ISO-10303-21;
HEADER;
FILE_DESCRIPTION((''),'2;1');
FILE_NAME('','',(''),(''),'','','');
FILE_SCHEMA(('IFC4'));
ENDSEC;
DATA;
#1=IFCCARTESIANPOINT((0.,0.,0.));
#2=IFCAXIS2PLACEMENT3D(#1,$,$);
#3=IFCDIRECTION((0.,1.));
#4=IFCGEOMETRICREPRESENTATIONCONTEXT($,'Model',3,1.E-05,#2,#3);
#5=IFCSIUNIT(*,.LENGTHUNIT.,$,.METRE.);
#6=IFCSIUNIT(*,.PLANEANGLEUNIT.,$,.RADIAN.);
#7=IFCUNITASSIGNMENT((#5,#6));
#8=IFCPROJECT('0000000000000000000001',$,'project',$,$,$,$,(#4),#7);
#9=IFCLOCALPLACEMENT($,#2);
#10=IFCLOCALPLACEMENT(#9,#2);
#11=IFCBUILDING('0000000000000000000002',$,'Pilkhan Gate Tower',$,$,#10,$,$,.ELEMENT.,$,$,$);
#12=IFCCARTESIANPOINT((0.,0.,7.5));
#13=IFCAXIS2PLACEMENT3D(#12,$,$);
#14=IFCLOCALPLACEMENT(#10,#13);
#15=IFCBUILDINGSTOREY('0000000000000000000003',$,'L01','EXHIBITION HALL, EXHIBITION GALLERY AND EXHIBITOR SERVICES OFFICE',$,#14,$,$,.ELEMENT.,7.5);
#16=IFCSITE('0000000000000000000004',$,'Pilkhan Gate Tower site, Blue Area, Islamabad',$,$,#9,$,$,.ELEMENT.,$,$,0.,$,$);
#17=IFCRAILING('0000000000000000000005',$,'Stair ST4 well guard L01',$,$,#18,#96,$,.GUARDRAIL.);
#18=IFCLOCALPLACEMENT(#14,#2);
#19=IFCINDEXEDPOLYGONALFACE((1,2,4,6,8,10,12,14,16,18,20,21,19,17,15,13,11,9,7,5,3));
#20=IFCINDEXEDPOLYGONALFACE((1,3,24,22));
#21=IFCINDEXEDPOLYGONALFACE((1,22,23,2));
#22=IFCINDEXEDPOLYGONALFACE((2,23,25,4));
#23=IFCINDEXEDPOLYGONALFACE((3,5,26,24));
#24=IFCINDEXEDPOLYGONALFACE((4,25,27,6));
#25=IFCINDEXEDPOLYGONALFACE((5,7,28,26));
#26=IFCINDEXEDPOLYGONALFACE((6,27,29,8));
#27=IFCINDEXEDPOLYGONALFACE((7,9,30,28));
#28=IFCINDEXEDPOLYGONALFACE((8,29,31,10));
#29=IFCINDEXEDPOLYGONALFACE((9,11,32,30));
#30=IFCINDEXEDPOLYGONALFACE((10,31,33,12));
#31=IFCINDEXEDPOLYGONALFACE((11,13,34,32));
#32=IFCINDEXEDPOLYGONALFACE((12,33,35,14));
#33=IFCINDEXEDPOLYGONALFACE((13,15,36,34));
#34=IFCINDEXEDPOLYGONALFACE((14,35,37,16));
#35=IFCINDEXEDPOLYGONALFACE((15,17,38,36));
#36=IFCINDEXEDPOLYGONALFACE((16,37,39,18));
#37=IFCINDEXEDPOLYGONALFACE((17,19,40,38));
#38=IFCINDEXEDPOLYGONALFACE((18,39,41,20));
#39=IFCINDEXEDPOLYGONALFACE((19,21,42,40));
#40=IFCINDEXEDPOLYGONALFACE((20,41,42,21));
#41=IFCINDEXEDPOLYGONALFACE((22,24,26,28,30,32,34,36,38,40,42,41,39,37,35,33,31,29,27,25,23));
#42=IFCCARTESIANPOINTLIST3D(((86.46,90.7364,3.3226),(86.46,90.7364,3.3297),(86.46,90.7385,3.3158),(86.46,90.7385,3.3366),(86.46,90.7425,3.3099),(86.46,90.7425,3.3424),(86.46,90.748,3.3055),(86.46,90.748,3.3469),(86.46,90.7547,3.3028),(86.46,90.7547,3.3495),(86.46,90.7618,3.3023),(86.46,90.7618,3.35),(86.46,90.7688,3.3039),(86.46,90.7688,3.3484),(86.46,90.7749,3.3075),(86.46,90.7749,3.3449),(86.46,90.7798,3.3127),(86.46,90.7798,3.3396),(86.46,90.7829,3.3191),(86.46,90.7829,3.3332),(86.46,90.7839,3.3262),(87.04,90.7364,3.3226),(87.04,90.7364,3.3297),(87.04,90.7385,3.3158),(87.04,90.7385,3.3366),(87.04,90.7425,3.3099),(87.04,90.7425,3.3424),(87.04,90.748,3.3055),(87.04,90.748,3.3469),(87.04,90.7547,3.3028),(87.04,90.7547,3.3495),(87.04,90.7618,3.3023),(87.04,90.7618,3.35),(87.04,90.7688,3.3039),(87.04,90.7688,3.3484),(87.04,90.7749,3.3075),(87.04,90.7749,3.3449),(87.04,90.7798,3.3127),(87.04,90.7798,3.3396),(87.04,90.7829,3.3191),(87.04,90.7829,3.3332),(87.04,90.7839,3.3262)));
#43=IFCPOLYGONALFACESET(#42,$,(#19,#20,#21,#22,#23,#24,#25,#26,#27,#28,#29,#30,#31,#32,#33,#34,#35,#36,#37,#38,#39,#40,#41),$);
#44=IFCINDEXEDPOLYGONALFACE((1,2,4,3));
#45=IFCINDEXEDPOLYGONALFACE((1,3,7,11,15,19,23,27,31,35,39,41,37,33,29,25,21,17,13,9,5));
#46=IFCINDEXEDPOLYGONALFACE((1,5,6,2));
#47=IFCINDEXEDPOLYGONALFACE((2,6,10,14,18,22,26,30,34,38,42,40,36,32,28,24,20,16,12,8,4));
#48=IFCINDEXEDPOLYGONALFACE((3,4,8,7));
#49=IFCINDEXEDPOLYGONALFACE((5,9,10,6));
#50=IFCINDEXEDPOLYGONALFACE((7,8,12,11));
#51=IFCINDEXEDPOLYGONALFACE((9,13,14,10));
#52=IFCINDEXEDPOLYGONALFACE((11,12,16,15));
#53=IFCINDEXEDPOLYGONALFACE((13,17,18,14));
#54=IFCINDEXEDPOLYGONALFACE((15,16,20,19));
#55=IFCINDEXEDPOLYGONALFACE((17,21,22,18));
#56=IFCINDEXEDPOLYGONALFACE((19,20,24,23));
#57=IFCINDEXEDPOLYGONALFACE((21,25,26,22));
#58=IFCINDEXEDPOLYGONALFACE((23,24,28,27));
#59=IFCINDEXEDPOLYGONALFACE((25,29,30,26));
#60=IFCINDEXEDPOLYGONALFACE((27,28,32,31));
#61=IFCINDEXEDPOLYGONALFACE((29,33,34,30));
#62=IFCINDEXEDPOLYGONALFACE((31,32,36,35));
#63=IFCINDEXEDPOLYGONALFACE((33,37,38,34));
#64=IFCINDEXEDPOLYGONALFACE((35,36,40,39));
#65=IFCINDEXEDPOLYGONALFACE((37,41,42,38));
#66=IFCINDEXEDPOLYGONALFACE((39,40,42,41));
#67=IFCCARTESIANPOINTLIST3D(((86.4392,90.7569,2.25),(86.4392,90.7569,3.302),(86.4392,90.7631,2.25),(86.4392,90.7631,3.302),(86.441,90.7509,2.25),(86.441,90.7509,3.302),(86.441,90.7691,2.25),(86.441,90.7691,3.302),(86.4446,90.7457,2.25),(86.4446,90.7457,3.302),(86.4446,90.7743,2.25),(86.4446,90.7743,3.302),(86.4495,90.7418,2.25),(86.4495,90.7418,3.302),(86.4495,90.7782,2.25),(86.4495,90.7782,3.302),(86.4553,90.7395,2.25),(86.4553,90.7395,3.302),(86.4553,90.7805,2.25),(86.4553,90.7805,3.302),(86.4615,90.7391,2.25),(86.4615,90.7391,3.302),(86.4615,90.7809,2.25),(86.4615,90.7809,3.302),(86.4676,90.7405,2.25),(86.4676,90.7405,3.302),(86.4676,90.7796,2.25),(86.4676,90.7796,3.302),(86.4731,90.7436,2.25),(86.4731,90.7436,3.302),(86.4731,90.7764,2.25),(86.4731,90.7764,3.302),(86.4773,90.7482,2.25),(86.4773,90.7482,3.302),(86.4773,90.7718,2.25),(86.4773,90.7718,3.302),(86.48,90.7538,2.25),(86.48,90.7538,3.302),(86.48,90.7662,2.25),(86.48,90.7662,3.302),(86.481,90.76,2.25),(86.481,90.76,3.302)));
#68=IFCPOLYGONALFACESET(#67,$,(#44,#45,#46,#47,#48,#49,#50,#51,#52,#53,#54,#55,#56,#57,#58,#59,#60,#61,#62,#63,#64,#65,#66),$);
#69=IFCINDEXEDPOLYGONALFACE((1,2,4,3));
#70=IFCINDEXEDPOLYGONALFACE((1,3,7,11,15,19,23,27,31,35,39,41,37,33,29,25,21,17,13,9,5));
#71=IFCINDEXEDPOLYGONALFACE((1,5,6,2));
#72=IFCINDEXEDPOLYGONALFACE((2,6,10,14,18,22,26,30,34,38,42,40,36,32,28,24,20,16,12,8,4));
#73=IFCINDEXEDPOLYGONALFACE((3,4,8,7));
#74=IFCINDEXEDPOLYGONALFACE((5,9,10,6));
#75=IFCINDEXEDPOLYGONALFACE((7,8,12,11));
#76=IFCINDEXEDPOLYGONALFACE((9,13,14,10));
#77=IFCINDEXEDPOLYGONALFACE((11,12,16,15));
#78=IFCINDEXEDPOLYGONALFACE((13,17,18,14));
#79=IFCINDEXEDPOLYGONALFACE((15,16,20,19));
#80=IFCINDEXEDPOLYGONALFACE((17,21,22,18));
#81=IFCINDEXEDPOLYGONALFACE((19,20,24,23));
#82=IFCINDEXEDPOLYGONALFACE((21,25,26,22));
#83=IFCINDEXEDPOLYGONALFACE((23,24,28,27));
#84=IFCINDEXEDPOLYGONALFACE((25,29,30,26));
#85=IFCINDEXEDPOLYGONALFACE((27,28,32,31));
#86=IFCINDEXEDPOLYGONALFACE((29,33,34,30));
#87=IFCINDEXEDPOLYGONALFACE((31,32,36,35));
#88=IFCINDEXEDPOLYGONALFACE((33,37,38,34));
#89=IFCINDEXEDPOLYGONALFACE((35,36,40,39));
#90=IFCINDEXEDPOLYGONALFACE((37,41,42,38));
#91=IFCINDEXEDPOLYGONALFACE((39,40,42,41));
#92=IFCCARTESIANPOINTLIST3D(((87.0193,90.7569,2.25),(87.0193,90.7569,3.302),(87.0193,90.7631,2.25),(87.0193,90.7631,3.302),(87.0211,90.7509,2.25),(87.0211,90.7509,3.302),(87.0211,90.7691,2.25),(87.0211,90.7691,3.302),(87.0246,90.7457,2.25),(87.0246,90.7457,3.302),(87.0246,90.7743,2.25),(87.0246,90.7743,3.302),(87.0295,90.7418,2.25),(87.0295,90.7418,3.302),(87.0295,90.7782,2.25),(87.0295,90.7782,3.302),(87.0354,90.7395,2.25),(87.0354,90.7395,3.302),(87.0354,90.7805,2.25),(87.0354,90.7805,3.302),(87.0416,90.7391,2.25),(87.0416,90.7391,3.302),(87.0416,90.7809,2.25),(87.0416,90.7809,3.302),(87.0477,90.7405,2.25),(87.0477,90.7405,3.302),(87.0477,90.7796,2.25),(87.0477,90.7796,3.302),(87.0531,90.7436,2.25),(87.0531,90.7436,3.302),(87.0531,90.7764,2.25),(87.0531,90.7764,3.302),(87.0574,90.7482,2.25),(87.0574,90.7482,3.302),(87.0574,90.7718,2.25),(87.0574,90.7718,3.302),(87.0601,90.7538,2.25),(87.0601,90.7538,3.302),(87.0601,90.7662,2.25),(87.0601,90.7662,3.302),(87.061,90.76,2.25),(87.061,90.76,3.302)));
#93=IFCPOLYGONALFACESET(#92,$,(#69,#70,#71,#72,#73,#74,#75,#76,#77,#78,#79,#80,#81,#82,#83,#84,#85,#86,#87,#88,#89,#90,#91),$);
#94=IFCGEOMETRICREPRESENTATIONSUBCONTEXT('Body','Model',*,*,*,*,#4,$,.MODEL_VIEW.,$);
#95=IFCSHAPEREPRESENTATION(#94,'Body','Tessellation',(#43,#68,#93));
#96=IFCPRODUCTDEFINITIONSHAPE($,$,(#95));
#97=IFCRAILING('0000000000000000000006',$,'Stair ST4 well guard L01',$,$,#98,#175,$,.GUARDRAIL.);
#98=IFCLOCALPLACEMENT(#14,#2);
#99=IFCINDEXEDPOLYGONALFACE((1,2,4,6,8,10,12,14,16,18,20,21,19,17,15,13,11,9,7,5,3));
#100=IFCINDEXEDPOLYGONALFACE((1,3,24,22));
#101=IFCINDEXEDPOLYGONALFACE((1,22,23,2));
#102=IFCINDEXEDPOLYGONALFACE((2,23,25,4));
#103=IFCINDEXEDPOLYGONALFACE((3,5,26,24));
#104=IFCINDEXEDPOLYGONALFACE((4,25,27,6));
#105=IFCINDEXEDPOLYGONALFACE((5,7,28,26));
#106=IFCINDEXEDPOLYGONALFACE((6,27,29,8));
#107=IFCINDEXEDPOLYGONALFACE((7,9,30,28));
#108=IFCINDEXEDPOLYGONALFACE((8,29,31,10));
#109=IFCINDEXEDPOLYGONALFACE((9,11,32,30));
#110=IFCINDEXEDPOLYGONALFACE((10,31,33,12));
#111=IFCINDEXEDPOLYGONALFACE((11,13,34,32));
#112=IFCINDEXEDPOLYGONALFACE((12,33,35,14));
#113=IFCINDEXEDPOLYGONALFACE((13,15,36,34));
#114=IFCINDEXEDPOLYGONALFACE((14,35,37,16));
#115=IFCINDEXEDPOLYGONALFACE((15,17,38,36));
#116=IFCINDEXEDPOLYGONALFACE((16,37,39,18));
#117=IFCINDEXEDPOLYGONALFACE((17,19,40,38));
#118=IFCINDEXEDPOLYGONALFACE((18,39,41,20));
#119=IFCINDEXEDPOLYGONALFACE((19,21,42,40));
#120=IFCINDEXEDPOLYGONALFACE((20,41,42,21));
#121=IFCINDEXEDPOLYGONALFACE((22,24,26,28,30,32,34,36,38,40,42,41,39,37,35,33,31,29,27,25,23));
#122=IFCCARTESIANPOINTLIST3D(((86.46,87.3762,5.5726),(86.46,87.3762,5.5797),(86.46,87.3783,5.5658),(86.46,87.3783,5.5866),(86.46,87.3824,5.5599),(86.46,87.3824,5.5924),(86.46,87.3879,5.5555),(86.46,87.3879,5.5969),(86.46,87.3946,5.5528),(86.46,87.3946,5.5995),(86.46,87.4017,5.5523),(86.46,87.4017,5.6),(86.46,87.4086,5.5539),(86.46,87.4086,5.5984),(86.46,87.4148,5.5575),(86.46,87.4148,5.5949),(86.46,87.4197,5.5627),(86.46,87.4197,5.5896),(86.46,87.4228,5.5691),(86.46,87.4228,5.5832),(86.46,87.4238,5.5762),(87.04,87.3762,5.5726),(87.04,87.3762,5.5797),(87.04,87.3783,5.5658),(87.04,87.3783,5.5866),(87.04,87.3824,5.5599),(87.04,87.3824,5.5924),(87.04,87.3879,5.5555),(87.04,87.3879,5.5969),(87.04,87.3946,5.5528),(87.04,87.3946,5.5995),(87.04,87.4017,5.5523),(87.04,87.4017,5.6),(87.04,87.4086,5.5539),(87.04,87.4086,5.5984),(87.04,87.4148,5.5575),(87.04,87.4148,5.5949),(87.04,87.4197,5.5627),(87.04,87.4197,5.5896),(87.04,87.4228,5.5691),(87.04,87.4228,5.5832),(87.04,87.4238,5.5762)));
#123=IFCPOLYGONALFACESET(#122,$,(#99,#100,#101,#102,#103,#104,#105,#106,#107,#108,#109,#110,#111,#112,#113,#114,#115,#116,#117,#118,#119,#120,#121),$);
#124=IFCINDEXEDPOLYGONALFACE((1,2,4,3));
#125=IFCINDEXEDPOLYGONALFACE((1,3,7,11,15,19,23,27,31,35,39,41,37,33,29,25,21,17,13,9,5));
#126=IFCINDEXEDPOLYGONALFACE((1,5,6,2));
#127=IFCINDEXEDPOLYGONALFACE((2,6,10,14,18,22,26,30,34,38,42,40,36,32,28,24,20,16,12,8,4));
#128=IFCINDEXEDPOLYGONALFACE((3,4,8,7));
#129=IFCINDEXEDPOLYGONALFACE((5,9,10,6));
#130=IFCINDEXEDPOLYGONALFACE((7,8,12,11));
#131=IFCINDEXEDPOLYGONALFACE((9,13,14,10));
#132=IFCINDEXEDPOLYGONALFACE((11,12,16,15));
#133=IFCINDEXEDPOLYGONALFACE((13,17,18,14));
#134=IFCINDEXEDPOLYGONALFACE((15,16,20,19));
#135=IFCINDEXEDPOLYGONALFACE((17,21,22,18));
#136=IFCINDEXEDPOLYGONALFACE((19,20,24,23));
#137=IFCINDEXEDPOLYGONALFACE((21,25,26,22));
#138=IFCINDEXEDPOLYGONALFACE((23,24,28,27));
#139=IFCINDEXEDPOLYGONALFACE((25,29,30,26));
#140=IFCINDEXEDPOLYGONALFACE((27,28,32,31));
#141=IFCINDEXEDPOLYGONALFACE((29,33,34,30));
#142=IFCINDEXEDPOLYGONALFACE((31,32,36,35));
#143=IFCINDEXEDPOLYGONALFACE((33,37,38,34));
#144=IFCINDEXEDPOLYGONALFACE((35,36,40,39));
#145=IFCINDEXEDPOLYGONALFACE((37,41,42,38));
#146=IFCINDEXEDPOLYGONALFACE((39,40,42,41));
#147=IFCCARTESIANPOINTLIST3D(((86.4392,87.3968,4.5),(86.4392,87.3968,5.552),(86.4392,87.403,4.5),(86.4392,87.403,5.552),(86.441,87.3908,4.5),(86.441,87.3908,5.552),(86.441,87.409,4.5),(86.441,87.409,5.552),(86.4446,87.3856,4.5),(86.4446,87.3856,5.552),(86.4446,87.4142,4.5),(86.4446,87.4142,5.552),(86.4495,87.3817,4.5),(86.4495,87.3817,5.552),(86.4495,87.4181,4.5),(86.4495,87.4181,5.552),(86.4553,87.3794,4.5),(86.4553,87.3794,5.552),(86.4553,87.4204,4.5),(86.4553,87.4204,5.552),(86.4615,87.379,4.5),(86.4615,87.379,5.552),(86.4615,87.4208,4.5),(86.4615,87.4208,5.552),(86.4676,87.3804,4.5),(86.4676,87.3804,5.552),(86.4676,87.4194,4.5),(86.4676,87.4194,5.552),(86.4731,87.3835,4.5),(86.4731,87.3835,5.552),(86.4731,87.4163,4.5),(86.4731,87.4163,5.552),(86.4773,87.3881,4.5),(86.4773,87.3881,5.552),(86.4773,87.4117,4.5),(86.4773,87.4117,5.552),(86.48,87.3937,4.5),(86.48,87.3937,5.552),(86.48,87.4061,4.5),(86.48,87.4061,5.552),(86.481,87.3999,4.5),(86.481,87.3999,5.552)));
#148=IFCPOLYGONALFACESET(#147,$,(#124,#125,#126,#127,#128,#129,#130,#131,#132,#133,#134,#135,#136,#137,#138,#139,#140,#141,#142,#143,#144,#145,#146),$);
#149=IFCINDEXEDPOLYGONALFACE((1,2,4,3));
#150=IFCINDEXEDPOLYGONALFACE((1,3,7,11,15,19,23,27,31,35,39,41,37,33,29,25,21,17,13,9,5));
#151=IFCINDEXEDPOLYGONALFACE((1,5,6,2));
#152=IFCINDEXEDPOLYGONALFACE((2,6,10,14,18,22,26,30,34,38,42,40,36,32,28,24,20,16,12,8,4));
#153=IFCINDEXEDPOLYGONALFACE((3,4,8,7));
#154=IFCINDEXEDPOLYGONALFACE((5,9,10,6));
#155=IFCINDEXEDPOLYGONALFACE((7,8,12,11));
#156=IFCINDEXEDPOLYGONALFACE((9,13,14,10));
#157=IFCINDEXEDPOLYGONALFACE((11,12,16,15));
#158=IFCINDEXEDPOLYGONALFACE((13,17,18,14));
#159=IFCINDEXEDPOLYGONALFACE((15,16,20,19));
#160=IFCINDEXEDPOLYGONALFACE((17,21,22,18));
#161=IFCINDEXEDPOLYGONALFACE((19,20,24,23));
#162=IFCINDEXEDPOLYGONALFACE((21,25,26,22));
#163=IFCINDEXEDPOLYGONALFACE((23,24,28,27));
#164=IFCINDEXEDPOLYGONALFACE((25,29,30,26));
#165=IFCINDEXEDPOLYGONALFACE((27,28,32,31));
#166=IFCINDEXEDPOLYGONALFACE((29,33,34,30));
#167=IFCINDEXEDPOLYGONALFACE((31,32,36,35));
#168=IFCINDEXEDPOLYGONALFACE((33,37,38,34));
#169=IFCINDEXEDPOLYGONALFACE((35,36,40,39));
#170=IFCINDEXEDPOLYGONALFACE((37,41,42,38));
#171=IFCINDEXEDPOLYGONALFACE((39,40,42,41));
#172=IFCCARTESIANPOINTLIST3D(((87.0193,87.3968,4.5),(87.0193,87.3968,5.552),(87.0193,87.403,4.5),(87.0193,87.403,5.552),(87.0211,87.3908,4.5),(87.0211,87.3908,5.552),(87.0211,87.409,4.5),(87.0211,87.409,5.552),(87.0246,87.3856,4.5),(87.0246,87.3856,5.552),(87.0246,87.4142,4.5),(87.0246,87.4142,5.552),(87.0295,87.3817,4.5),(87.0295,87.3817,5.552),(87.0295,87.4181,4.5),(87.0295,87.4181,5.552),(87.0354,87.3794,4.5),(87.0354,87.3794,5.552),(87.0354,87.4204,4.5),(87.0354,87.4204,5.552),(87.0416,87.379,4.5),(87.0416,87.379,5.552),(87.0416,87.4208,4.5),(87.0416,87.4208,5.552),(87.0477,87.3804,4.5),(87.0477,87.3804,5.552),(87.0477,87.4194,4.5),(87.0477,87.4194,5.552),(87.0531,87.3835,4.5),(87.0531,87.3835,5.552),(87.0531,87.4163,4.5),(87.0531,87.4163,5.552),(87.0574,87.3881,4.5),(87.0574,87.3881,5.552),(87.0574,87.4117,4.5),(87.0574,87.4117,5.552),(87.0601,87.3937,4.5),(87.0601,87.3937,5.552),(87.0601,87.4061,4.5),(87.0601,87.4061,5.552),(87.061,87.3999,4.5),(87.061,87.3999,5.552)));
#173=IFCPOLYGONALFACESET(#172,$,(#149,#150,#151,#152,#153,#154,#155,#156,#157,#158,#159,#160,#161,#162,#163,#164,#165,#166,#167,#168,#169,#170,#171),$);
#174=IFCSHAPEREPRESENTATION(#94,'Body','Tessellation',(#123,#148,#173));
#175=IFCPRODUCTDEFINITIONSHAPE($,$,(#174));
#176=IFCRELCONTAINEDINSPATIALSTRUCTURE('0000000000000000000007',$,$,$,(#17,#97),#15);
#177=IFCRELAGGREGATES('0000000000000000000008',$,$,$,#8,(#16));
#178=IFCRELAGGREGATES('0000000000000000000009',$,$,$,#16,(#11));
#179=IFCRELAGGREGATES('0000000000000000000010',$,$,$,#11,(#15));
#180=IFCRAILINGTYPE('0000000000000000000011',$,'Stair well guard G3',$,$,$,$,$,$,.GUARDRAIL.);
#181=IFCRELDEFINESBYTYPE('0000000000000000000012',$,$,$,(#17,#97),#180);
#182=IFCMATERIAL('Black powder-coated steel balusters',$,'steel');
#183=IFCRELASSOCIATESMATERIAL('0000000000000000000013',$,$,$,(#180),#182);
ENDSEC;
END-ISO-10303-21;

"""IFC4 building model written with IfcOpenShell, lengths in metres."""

from ifc_helpers import new_model, si_unit, direction, frame, origin, origin_2d, place, context, subcontext, project, spatial, circle, extrude, material, type_object, element, save


model = new_model("IFC4")

# Units and contexts
model_context = context("Model", 3, precision=1e-05, world=origin(), true_north=direction((0.0, 1.0)))
body_context = subcontext(model_context, "Body", "Model", "MODEL_VIEW")
ifc_project = project(units=[si_unit("LENGTHUNIT", "METRE"), si_unit("PLANEANGLEUNIT", "RADIAN")], contexts=[model_context])

# Site, building, storey
site_placement = place(None, origin())
site = spatial("IfcSite", under=ifc_project, at=site_placement, Name="Pilkhan Gate Tower site, Blue Area, Islamabad", CompositionType="ELEMENT", RefElevation=0.0)
building_placement = place(site_placement, origin())
building = spatial("IfcBuilding", under=site, at=building_placement, Name="Pilkhan Gate Tower", CompositionType="ELEMENT")
storey_placement = place(building_placement, frame((0.0, 0.0, 7.5)))
storey = spatial("IfcBuildingStorey", under=building, at=storey_placement, Name="L01", Description="EXHIBITION HALL, EXHIBITION GALLERY AND EXHIBITOR SERVICES OFFICE", CompositionType="ELEMENT", Elevation=7.5)

# Railings
ifc_material_1 = material(Name="Black powder-coated steel balusters", Category="steel")
railing_type_1 = type_object("IfcRailingType", Name="Stair well guard G3", PredefinedType="GUARDRAIL", material=ifc_material_1)
for number, where, name in (
    (1, (86.46, 90.76, 2.25), "Stair ST4 well guard L01"),
    (2, (86.46, 87.3999, 4.5), "Stair ST4 well guard L01"),
):
    element("IfcRailing", number, at=place(storey_placement, frame(where)), inside=storey, type_object=railing_type_1, Name=name, PredefinedType="GUARDRAIL", context=body_context, shape_type="SweptSolid", body=[
        extrude(circle(Radius=0.0239, at=origin_2d()), frame((0.0, 0.0, 1.0762), z_axis=(1.0, 0.0, 0.0), x_axis=(0.0, 1.0, 0.0)), (0.0, 0.0, 1.0), 0.5801),
        extrude(circle(Radius=0.021, at=origin_2d()), origin(), (0.0, 0.0, 1.0), 1.052),
        extrude(circle(Radius=0.021, at=origin_2d()), frame((0.5801, 0.0, 0.0)), (0.0, 0.0, 1.0), 1.052),
    ])

save(model, "model.ifc")
